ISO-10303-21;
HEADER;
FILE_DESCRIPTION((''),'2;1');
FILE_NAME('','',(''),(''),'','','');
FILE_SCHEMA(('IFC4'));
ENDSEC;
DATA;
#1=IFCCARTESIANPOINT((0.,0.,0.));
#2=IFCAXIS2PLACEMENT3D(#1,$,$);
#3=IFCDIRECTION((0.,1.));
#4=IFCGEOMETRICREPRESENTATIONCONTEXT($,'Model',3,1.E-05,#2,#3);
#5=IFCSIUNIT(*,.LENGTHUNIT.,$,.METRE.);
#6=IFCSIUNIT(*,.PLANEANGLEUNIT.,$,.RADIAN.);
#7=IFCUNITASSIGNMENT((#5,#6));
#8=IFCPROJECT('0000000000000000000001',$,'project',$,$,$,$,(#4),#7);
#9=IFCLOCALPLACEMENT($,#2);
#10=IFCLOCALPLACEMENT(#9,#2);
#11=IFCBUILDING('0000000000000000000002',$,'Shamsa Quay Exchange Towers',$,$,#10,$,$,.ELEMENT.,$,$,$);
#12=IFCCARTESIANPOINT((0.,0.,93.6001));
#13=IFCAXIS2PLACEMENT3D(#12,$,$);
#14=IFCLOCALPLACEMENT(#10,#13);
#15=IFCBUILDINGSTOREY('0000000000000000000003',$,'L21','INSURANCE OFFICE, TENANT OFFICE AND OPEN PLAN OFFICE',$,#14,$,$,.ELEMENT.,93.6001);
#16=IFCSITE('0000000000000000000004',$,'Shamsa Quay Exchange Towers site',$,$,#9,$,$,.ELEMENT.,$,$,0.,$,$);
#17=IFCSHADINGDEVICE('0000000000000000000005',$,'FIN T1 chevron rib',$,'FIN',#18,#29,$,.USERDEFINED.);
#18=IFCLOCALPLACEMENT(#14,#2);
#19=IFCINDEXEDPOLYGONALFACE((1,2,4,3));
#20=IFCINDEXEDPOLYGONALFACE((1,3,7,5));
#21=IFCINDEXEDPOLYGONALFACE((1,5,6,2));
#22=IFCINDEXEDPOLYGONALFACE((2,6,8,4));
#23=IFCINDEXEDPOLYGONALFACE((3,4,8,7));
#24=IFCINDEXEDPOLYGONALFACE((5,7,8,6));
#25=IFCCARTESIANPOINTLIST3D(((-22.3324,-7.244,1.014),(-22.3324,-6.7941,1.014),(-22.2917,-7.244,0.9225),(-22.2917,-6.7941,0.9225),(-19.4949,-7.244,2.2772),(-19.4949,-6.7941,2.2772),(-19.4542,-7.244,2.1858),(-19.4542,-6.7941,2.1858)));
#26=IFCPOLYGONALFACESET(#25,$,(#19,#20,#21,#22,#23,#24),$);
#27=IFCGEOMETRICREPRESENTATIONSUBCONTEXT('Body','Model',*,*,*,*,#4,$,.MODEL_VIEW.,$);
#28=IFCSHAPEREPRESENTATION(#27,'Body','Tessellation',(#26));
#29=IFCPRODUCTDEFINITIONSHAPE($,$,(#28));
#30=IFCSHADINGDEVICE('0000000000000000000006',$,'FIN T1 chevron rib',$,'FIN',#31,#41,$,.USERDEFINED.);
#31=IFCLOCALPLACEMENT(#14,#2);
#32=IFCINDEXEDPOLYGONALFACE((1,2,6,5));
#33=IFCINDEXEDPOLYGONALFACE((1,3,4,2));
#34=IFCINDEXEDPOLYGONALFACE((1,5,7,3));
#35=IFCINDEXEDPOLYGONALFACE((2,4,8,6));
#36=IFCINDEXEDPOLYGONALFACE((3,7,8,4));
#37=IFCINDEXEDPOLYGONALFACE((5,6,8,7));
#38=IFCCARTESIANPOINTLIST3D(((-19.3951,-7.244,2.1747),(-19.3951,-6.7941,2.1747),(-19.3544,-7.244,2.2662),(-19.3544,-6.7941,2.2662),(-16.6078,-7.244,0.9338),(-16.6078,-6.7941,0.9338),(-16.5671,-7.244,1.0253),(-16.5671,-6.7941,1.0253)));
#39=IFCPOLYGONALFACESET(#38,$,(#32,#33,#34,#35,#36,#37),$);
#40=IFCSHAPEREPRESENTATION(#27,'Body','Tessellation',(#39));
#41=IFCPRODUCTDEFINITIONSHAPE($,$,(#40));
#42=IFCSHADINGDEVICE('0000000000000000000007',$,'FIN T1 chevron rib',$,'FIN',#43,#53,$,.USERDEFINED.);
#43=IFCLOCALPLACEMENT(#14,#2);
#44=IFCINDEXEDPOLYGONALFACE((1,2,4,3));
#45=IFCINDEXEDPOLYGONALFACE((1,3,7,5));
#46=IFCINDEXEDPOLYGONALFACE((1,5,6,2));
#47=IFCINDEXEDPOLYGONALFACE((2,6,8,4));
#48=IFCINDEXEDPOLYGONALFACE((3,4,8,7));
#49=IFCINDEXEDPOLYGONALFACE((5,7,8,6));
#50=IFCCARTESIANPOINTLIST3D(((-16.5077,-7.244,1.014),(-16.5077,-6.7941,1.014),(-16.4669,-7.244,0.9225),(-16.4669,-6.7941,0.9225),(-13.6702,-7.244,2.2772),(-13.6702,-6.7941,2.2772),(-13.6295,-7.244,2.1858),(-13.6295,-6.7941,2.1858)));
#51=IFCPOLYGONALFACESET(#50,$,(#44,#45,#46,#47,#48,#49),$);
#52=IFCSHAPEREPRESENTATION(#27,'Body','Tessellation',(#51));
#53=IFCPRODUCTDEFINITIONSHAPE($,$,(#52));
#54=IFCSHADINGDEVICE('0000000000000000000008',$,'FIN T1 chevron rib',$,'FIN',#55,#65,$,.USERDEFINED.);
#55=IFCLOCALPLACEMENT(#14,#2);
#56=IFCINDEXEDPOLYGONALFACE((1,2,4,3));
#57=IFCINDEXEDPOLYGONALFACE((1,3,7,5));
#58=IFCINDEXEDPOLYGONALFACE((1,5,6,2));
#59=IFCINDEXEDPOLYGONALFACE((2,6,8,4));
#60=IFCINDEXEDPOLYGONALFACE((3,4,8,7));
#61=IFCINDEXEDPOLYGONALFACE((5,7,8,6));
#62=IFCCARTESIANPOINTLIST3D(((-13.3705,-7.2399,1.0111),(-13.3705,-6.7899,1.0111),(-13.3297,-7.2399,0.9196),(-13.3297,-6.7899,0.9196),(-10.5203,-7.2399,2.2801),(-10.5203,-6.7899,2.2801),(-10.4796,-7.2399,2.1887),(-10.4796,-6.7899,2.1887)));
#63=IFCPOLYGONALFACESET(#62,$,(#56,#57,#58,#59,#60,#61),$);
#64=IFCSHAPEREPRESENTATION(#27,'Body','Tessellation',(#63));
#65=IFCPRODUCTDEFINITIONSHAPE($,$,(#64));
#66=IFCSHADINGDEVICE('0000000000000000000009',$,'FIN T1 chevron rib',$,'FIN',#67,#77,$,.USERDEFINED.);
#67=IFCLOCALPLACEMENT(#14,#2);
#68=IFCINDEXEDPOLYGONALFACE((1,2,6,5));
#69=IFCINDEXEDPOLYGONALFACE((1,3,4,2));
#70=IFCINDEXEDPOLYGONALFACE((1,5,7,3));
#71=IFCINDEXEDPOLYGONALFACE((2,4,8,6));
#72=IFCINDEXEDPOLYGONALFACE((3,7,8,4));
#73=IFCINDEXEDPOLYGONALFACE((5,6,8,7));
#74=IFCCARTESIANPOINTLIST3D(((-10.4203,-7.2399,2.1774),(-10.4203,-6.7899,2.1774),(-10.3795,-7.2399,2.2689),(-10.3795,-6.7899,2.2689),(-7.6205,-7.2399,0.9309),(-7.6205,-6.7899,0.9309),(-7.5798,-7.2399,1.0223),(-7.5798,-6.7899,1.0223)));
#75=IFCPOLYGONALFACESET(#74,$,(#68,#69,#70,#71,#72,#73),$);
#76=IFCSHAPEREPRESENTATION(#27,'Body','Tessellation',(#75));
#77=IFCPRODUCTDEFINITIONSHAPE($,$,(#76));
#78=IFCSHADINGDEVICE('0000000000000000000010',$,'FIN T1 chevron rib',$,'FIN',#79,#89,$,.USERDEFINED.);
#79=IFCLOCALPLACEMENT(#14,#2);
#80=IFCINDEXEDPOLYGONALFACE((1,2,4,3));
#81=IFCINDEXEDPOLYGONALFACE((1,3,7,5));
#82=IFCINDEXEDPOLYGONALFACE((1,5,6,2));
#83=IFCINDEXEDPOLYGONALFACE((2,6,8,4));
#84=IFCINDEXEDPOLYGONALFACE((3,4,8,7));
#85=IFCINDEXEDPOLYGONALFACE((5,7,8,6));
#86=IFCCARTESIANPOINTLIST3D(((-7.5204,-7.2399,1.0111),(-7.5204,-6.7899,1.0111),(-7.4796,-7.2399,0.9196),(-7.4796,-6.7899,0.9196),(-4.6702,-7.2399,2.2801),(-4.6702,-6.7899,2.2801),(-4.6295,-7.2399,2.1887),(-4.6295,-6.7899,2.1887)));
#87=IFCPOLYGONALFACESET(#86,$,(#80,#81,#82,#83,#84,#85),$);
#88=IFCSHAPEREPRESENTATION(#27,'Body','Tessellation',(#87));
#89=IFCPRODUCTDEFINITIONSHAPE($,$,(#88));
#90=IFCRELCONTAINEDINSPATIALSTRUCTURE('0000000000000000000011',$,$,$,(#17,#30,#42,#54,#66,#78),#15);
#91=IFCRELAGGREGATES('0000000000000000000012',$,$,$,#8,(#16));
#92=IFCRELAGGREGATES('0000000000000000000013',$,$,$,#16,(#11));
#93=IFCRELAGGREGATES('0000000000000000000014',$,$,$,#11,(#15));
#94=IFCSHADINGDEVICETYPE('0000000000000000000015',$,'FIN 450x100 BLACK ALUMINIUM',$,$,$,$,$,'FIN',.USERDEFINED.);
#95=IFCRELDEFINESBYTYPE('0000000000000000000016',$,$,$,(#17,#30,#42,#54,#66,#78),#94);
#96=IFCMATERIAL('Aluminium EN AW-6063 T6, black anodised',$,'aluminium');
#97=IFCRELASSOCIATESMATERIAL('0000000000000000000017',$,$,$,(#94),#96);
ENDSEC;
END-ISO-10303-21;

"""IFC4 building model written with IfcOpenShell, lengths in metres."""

from ifc_helpers import new_model, si_unit, direction, frame, origin, origin_2d, place, context, subcontext, project, spatial, rectangle, extrude, material, material_profile, profile_set, type_object, element, save


model = new_model("IFC4")

# Units and contexts
model_context = context("Model", 3, precision=1e-05, world=origin(), true_north=direction((0.0, 1.0)))
body_context = subcontext(model_context, "Body", "Model", "MODEL_VIEW")
ifc_project = project(units=[si_unit("LENGTHUNIT", "METRE"), si_unit("PLANEANGLEUNIT", "RADIAN")], contexts=[model_context])

# Site, building, storey
site_placement = place(None, origin())
site = spatial("IfcSite", under=ifc_project, at=site_placement, Name="Shamsa Quay Exchange Towers site", CompositionType="ELEMENT", RefElevation=0.0)
building_placement = place(site_placement, origin())
building = spatial("IfcBuilding", under=site, at=building_placement, Name="Shamsa Quay Exchange Towers", CompositionType="ELEMENT")
storey_placement = place(building_placement, frame((0.0, 0.0, 93.6001)))
storey = spatial("IfcBuildingStorey", under=building, at=storey_placement, Name="L21", Description="INSURANCE OFFICE, TENANT OFFICE AND OPEN PLAN OFFICE", CompositionType="ELEMENT", Elevation=93.6001)

# Shared definitions
ifc_material_1 = material(Name="Aluminium EN AW-6063 T6, black anodised", Category="aluminium")

# Shading devices
ifc_material_profile_1 = material_profile(ifc_material_1, rectangle(XDim=0.45, YDim=0.1001, at=origin_2d()), Name="FIN450x100")
ifc_profile_set_1 = profile_set([ifc_material_profile_1], Name="Aluminium EN AW-6063 T6, black anodised")
shading_device_type = type_object("IfcShadingDeviceType", Name="FIN 450x100 BLACK ALUMINIUM", ElementType="FIN", PredefinedType="USERDEFINED", material=ifc_profile_set_1)
shading_device_1_placement = place(storey_placement, frame((-22.312, -7.019, 0.9683), z_axis=(0.913559, 0.0, 0.406707), x_axis=(0.0, 1.0, 0.0)))
element("IfcShadingDevice", 1, at=shading_device_1_placement, inside=storey, type_object=shading_device_type, Name="FIN T1 chevron rib", ObjectType="FIN", PredefinedType="USERDEFINED", context=body_context, shape_type="SweptSolid", body=[
    extrude(rectangle(XDim=0.45, YDim=0.1001, at=origin_2d()), origin(), (0.0, 0.0, 1.0), 3.106),
])
shading_device_2_placement = place(storey_placement, frame((-19.3748, -7.019, 2.2205), z_axis=(0.913551, 0.0, -0.406725), x_axis=(0.0, 1.0, 0.0)))
element("IfcShadingDevice", 2, at=shading_device_2_placement, inside=storey, type_object=shading_device_type, Name="FIN T1 chevron rib", ObjectType="FIN", PredefinedType="USERDEFINED", context=body_context, shape_type="SweptSolid", body=[
    extrude(rectangle(XDim=0.45, YDim=0.1001, at=origin_2d()), origin(), (0.0, 0.0, 1.0), 3.051),
])
shading_device_3_placement = place(storey_placement, frame((-16.4873, -7.019, 0.9683), z_axis=(0.913559, 0.0, 0.406707), x_axis=(0.0, 1.0, 0.0)))
element("IfcShadingDevice", 3, at=shading_device_3_placement, inside=storey, type_object=shading_device_type, Name="FIN T1 chevron rib", ObjectType="FIN", PredefinedType="USERDEFINED", context=body_context, shape_type="SweptSolid", body=[
    extrude(rectangle(XDim=0.45, YDim=0.1001, at=origin_2d()), origin(), (0.0, 0.0, 1.0), 3.106),
])
shading_device_4_placement = place(storey_placement, frame((-13.3501, -7.0149, 0.9653), z_axis=(0.913534, 0.0, 0.406763), x_axis=(0.0, 1.0, 0.0)))
element("IfcShadingDevice", 4, at=shading_device_4_placement, inside=storey, type_object=shading_device_type, Name="FIN T1 chevron rib", ObjectType="FIN", PredefinedType="USERDEFINED", context=body_context, shape_type="SweptSolid", body=[
    extrude(rectangle(XDim=0.45, YDim=0.1001, at=origin_2d()), origin(), (0.0, 0.0, 1.0), 3.1199),
])
shading_device_5_placement = place(storey_placement, frame((-10.3999, -7.0149, 2.2231), z_axis=(0.913542, 0.0, -0.406744), x_axis=(0.0, 1.0, 0.0)))
element("IfcShadingDevice", 5, at=shading_device_5_placement, inside=storey, type_object=shading_device_type, Name="FIN T1 chevron rib", ObjectType="FIN", PredefinedType="USERDEFINED", context=body_context, shape_type="SweptSolid", body=[
    extrude(rectangle(XDim=0.45, YDim=0.1001, at=origin_2d()), origin(), (0.0, 0.0, 1.0), 3.0647),
])
shading_device_6_placement = place(storey_placement, frame((-7.5, -7.0149, 0.9653), z_axis=(0.913534, 0.0, 0.406763), x_axis=(0.0, 1.0, 0.0)))
element("IfcShadingDevice", 6, at=shading_device_6_placement, inside=storey, type_object=shading_device_type, Name="FIN T1 chevron rib", ObjectType="FIN", PredefinedType="USERDEFINED", context=body_context, shape_type="SweptSolid", body=[
    extrude(rectangle(XDim=0.45, YDim=0.1001, at=origin_2d()), origin(), (0.0, 0.0, 1.0), 3.1199),
])

save(model, "model.ifc")
